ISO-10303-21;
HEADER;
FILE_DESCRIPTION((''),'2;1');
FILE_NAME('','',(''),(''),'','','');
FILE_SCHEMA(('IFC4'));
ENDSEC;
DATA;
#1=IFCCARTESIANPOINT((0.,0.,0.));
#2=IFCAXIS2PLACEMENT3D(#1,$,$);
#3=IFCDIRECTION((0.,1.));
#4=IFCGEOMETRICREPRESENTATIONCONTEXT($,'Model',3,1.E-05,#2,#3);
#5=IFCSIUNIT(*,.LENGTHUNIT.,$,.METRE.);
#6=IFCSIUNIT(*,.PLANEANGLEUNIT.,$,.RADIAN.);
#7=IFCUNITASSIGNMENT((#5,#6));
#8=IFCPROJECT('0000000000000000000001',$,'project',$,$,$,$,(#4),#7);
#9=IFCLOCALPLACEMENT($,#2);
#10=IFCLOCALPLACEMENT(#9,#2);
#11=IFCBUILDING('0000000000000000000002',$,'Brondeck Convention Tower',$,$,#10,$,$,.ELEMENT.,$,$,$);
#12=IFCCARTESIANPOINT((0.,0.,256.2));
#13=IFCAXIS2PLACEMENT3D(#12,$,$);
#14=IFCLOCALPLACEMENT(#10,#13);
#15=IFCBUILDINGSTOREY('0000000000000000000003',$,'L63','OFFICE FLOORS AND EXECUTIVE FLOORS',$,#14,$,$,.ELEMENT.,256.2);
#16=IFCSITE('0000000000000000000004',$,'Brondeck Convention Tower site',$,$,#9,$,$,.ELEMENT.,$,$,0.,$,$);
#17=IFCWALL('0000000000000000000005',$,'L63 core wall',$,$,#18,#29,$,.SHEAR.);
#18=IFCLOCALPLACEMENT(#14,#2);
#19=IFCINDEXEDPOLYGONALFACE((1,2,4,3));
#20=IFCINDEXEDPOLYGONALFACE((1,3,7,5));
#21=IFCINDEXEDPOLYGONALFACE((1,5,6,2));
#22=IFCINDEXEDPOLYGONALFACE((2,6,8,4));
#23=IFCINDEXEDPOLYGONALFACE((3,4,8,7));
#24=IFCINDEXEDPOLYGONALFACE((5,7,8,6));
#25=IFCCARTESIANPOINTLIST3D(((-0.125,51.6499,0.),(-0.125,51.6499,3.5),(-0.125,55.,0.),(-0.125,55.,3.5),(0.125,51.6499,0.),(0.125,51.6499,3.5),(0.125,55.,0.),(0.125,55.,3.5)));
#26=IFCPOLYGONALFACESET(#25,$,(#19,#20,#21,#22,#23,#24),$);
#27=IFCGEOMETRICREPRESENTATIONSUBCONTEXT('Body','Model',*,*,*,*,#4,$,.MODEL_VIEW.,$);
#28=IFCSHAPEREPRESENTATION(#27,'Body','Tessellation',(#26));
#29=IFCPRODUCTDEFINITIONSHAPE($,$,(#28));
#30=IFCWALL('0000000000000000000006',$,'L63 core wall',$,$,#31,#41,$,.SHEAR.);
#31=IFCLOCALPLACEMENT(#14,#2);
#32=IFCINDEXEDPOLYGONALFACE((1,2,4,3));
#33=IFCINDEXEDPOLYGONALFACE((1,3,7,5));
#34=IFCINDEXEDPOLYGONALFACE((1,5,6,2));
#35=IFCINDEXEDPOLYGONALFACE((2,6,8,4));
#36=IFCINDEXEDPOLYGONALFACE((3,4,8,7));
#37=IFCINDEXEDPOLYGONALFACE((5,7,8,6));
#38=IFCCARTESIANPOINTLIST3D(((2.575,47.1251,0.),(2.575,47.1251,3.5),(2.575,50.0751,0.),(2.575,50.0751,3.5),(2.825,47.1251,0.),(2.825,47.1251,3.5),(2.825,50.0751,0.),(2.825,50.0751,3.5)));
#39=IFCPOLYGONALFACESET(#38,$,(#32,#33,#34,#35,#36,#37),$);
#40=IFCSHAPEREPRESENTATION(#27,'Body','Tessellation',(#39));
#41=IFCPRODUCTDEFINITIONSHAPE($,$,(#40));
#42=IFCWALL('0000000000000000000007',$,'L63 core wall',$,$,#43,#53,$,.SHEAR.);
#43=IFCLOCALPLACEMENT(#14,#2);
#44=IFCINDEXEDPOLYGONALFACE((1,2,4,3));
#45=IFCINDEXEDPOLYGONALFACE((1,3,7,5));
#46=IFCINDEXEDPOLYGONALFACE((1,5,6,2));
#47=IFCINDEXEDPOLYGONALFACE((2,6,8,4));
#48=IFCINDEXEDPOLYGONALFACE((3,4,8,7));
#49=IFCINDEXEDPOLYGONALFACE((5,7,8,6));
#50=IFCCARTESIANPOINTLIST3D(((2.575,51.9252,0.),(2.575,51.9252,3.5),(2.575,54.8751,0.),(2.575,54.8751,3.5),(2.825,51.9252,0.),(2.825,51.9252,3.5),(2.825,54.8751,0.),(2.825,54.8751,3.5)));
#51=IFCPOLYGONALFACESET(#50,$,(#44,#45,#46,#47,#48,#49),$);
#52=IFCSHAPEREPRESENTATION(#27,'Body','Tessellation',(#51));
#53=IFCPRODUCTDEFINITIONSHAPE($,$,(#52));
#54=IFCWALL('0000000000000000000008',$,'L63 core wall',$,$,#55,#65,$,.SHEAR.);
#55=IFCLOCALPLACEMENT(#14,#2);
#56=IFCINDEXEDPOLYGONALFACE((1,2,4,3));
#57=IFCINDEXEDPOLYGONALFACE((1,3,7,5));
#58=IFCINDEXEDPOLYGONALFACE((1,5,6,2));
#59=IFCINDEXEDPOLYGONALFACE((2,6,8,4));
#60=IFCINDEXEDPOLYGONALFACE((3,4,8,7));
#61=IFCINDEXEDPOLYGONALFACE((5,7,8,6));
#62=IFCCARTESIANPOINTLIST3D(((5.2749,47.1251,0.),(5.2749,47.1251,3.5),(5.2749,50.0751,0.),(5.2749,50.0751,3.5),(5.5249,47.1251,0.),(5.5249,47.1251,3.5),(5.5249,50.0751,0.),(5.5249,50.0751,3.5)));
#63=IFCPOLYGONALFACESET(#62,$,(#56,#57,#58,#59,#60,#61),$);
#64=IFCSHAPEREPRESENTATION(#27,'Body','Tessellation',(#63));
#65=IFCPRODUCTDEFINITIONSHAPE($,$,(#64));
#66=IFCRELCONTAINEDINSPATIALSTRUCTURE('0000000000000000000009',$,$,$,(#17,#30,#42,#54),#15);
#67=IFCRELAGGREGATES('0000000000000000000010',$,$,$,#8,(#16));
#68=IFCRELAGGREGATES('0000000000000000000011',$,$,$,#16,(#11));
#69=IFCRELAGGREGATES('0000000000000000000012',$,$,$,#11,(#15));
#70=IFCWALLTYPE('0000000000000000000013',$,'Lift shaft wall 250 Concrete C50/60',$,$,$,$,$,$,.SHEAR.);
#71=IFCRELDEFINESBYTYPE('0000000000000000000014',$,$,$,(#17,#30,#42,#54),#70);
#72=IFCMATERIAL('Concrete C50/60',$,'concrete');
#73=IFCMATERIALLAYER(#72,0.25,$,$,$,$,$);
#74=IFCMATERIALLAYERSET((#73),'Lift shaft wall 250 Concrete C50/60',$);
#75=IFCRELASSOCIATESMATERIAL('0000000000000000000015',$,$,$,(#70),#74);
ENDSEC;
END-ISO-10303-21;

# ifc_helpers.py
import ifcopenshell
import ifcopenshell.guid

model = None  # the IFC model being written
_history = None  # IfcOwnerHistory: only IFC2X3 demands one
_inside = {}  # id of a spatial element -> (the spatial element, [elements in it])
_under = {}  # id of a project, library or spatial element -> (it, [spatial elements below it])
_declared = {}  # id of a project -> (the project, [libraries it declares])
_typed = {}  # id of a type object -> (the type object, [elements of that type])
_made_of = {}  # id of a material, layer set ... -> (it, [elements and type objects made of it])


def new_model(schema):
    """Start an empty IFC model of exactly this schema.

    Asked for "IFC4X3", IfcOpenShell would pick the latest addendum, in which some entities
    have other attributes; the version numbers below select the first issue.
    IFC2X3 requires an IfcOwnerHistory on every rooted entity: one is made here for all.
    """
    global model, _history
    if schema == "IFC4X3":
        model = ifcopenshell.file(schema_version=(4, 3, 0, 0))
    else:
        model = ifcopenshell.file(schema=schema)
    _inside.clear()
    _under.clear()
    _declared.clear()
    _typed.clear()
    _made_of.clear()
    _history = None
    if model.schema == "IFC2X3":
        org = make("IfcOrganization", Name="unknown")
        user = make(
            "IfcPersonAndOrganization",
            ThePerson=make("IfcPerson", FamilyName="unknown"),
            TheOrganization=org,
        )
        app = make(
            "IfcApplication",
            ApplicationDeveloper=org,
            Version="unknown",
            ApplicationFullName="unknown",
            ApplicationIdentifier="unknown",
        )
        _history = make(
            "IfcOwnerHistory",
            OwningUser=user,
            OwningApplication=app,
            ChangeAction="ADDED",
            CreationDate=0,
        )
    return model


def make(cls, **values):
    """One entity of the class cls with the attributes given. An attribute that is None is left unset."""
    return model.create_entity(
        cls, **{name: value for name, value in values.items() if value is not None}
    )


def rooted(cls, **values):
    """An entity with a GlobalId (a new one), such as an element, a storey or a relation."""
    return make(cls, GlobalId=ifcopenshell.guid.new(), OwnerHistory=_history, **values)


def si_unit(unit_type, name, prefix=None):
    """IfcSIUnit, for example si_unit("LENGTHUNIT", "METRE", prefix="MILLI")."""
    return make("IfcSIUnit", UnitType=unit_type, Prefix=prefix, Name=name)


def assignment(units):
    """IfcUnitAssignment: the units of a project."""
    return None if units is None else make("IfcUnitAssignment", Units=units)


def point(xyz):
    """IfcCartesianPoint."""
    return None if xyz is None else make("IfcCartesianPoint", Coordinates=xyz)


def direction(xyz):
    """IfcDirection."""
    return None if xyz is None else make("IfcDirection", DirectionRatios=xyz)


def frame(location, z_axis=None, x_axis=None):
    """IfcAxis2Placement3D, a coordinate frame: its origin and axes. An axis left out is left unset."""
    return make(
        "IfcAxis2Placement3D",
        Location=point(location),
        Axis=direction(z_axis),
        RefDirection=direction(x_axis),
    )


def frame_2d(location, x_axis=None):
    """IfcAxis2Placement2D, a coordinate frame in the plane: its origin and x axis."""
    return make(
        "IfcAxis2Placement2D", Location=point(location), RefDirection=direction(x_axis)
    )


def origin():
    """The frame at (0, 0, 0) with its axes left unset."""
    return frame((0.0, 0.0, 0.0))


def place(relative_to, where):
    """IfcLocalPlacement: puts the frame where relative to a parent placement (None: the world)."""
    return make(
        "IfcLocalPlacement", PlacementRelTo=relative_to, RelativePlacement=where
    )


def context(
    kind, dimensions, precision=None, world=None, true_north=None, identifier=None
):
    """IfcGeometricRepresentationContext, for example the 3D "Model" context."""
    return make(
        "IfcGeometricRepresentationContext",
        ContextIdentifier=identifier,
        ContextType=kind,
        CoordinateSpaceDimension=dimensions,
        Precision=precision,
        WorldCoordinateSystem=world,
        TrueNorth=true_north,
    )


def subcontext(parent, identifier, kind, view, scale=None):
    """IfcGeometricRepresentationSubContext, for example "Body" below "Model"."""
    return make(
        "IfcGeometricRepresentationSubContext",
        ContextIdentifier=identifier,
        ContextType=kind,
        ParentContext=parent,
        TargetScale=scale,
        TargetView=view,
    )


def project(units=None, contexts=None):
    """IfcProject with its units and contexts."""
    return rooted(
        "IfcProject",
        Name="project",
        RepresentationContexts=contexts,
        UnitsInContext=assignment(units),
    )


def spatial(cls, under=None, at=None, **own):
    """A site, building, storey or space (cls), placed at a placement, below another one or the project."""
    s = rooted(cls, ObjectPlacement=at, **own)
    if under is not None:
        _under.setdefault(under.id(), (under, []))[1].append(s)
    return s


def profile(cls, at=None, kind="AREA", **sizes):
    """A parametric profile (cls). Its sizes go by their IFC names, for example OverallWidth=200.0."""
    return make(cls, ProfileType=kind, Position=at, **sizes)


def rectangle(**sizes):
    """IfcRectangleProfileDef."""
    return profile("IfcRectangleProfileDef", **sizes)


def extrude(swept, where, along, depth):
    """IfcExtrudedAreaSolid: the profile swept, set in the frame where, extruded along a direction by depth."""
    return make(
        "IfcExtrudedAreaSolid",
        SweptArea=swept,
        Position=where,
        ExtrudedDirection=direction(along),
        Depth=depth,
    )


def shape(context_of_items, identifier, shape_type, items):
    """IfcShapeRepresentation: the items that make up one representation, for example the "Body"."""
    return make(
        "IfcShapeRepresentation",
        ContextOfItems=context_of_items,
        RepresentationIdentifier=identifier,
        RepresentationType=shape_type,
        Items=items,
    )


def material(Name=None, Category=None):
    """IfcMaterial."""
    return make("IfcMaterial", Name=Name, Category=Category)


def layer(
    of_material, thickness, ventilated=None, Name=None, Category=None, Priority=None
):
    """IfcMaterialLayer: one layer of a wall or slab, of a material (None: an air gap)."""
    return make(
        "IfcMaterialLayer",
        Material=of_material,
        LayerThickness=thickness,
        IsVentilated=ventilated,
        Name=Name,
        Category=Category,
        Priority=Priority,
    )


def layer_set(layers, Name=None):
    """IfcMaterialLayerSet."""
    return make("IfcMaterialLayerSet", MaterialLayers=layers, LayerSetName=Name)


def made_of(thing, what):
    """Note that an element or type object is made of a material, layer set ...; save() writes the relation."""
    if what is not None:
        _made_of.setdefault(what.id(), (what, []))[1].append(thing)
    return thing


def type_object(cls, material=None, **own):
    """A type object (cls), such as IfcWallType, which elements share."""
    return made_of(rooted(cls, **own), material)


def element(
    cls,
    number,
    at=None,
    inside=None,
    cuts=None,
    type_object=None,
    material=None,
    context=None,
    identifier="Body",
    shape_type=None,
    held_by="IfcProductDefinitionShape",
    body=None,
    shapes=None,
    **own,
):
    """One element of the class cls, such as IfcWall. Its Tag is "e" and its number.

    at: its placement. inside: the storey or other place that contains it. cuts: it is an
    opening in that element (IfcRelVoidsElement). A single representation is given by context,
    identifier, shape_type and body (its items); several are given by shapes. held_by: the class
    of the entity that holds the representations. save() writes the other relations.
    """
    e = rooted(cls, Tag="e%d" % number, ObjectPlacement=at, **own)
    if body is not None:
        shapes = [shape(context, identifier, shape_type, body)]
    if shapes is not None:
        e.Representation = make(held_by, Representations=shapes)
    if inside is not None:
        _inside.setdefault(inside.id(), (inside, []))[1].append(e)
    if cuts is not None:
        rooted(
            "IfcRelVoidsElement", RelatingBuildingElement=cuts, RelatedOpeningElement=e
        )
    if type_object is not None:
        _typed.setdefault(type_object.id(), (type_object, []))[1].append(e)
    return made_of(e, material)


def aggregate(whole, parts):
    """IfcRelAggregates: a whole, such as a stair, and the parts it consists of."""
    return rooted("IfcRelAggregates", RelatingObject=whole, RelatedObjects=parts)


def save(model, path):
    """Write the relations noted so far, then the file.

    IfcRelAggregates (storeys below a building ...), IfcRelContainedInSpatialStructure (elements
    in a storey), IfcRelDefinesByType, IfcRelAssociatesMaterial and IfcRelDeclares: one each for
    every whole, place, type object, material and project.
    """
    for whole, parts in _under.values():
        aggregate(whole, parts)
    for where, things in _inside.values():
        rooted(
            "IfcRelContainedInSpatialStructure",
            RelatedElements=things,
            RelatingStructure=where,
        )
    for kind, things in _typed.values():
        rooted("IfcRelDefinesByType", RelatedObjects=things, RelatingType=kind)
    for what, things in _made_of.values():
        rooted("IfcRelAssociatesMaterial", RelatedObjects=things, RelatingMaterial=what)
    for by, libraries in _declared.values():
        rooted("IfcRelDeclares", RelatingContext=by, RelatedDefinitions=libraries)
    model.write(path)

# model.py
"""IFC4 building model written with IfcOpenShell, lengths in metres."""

from ifc_helpers import new_model, si_unit, direction, frame, frame_2d, origin, place, context, subcontext, project, spatial, rectangle, extrude, material, layer, layer_set, type_object, element, save


model = new_model("IFC4")

# Units and contexts
model_context = context("Model", 3, precision=1e-05, world=origin(), true_north=direction((0.0, 1.0)))
body_context = subcontext(model_context, "Body", "Model", "MODEL_VIEW")
ifc_project = project(units=[si_unit("LENGTHUNIT", "METRE"), si_unit("PLANEANGLEUNIT", "RADIAN")], contexts=[model_context])

# Site, building, storey
site_placement = place(None, origin())
site = spatial("IfcSite", under=ifc_project, at=site_placement, Name="Brondeck Convention Tower site", CompositionType="ELEMENT", RefElevation=0.0)
building_placement = place(site_placement, origin())
building = spatial("IfcBuilding", under=site, at=building_placement, Name="Brondeck Convention Tower", CompositionType="ELEMENT")
storey_placement = place(building_placement, frame((0.0, 0.0, 256.2)))
storey = spatial("IfcBuildingStorey", under=building, at=storey_placement, Name="L63", Description="OFFICE FLOORS AND EXECUTIVE FLOORS", CompositionType="ELEMENT", Elevation=256.2)

# Shared definitions
ifc_material_1 = material(Name="Concrete C50/60", Category="concrete")

# Shared definitions
ifc_layer_1 = layer(ifc_material_1, 0.25)
ifc_layer_set_1 = layer_set([ifc_layer_1], Name="Lift shaft wall 250 Concrete C50/60")
wall_type_1 = type_object("IfcWallType", Name="Lift shaft wall 250 Concrete C50/60", PredefinedType="SHEAR", material=ifc_layer_set_1)

# Walls
wall_1_placement = place(storey_placement, frame((0.0, 51.6499, 0.0), z_axis=(0.0, 0.0, 1.0), x_axis=(0.0, 1.0, 0.0)))
element("IfcWall", 1, at=wall_1_placement, inside=storey, type_object=wall_type_1, Name="L63 core wall", PredefinedType="SHEAR", context=body_context, shape_type="SweptSolid", body=[
    extrude(rectangle(XDim=3.3501, YDim=0.25, at=frame_2d((1.675, 0.0))), origin(), (0.0, 0.0, 1.0), 3.5),
])
for number, where, z_axis, x_axis, name in (
    (2, (2.7, 47.125, 0.0), (0.0, 0.0, 1.0), (0.0, 1.0, 0.0), "L63 core wall"),
    (3, (2.7, 51.925, 0.0), (0.0, 0.0, 1.0), (0.0, 1.0, 0.0), "L63 core wall"),
    (4, (5.3999, 47.125, 0.0), (0.0, 0.0, 1.0), (0.0, 1.0, 0.0), "L63 core wall"),
):
    element("IfcWall", number, at=place(storey_placement, frame(where, z_axis=z_axis, x_axis=x_axis)), inside=storey, type_object=wall_type_1, Name=name, PredefinedType="SHEAR", context=body_context, shape_type="SweptSolid", body=[
        extrude(rectangle(XDim=2.95, YDim=0.25, at=frame_2d((1.4751, 0.0))), origin(), (0.0, 0.0, 1.0), 3.5),
    ])

save(model, "model.ifc")
